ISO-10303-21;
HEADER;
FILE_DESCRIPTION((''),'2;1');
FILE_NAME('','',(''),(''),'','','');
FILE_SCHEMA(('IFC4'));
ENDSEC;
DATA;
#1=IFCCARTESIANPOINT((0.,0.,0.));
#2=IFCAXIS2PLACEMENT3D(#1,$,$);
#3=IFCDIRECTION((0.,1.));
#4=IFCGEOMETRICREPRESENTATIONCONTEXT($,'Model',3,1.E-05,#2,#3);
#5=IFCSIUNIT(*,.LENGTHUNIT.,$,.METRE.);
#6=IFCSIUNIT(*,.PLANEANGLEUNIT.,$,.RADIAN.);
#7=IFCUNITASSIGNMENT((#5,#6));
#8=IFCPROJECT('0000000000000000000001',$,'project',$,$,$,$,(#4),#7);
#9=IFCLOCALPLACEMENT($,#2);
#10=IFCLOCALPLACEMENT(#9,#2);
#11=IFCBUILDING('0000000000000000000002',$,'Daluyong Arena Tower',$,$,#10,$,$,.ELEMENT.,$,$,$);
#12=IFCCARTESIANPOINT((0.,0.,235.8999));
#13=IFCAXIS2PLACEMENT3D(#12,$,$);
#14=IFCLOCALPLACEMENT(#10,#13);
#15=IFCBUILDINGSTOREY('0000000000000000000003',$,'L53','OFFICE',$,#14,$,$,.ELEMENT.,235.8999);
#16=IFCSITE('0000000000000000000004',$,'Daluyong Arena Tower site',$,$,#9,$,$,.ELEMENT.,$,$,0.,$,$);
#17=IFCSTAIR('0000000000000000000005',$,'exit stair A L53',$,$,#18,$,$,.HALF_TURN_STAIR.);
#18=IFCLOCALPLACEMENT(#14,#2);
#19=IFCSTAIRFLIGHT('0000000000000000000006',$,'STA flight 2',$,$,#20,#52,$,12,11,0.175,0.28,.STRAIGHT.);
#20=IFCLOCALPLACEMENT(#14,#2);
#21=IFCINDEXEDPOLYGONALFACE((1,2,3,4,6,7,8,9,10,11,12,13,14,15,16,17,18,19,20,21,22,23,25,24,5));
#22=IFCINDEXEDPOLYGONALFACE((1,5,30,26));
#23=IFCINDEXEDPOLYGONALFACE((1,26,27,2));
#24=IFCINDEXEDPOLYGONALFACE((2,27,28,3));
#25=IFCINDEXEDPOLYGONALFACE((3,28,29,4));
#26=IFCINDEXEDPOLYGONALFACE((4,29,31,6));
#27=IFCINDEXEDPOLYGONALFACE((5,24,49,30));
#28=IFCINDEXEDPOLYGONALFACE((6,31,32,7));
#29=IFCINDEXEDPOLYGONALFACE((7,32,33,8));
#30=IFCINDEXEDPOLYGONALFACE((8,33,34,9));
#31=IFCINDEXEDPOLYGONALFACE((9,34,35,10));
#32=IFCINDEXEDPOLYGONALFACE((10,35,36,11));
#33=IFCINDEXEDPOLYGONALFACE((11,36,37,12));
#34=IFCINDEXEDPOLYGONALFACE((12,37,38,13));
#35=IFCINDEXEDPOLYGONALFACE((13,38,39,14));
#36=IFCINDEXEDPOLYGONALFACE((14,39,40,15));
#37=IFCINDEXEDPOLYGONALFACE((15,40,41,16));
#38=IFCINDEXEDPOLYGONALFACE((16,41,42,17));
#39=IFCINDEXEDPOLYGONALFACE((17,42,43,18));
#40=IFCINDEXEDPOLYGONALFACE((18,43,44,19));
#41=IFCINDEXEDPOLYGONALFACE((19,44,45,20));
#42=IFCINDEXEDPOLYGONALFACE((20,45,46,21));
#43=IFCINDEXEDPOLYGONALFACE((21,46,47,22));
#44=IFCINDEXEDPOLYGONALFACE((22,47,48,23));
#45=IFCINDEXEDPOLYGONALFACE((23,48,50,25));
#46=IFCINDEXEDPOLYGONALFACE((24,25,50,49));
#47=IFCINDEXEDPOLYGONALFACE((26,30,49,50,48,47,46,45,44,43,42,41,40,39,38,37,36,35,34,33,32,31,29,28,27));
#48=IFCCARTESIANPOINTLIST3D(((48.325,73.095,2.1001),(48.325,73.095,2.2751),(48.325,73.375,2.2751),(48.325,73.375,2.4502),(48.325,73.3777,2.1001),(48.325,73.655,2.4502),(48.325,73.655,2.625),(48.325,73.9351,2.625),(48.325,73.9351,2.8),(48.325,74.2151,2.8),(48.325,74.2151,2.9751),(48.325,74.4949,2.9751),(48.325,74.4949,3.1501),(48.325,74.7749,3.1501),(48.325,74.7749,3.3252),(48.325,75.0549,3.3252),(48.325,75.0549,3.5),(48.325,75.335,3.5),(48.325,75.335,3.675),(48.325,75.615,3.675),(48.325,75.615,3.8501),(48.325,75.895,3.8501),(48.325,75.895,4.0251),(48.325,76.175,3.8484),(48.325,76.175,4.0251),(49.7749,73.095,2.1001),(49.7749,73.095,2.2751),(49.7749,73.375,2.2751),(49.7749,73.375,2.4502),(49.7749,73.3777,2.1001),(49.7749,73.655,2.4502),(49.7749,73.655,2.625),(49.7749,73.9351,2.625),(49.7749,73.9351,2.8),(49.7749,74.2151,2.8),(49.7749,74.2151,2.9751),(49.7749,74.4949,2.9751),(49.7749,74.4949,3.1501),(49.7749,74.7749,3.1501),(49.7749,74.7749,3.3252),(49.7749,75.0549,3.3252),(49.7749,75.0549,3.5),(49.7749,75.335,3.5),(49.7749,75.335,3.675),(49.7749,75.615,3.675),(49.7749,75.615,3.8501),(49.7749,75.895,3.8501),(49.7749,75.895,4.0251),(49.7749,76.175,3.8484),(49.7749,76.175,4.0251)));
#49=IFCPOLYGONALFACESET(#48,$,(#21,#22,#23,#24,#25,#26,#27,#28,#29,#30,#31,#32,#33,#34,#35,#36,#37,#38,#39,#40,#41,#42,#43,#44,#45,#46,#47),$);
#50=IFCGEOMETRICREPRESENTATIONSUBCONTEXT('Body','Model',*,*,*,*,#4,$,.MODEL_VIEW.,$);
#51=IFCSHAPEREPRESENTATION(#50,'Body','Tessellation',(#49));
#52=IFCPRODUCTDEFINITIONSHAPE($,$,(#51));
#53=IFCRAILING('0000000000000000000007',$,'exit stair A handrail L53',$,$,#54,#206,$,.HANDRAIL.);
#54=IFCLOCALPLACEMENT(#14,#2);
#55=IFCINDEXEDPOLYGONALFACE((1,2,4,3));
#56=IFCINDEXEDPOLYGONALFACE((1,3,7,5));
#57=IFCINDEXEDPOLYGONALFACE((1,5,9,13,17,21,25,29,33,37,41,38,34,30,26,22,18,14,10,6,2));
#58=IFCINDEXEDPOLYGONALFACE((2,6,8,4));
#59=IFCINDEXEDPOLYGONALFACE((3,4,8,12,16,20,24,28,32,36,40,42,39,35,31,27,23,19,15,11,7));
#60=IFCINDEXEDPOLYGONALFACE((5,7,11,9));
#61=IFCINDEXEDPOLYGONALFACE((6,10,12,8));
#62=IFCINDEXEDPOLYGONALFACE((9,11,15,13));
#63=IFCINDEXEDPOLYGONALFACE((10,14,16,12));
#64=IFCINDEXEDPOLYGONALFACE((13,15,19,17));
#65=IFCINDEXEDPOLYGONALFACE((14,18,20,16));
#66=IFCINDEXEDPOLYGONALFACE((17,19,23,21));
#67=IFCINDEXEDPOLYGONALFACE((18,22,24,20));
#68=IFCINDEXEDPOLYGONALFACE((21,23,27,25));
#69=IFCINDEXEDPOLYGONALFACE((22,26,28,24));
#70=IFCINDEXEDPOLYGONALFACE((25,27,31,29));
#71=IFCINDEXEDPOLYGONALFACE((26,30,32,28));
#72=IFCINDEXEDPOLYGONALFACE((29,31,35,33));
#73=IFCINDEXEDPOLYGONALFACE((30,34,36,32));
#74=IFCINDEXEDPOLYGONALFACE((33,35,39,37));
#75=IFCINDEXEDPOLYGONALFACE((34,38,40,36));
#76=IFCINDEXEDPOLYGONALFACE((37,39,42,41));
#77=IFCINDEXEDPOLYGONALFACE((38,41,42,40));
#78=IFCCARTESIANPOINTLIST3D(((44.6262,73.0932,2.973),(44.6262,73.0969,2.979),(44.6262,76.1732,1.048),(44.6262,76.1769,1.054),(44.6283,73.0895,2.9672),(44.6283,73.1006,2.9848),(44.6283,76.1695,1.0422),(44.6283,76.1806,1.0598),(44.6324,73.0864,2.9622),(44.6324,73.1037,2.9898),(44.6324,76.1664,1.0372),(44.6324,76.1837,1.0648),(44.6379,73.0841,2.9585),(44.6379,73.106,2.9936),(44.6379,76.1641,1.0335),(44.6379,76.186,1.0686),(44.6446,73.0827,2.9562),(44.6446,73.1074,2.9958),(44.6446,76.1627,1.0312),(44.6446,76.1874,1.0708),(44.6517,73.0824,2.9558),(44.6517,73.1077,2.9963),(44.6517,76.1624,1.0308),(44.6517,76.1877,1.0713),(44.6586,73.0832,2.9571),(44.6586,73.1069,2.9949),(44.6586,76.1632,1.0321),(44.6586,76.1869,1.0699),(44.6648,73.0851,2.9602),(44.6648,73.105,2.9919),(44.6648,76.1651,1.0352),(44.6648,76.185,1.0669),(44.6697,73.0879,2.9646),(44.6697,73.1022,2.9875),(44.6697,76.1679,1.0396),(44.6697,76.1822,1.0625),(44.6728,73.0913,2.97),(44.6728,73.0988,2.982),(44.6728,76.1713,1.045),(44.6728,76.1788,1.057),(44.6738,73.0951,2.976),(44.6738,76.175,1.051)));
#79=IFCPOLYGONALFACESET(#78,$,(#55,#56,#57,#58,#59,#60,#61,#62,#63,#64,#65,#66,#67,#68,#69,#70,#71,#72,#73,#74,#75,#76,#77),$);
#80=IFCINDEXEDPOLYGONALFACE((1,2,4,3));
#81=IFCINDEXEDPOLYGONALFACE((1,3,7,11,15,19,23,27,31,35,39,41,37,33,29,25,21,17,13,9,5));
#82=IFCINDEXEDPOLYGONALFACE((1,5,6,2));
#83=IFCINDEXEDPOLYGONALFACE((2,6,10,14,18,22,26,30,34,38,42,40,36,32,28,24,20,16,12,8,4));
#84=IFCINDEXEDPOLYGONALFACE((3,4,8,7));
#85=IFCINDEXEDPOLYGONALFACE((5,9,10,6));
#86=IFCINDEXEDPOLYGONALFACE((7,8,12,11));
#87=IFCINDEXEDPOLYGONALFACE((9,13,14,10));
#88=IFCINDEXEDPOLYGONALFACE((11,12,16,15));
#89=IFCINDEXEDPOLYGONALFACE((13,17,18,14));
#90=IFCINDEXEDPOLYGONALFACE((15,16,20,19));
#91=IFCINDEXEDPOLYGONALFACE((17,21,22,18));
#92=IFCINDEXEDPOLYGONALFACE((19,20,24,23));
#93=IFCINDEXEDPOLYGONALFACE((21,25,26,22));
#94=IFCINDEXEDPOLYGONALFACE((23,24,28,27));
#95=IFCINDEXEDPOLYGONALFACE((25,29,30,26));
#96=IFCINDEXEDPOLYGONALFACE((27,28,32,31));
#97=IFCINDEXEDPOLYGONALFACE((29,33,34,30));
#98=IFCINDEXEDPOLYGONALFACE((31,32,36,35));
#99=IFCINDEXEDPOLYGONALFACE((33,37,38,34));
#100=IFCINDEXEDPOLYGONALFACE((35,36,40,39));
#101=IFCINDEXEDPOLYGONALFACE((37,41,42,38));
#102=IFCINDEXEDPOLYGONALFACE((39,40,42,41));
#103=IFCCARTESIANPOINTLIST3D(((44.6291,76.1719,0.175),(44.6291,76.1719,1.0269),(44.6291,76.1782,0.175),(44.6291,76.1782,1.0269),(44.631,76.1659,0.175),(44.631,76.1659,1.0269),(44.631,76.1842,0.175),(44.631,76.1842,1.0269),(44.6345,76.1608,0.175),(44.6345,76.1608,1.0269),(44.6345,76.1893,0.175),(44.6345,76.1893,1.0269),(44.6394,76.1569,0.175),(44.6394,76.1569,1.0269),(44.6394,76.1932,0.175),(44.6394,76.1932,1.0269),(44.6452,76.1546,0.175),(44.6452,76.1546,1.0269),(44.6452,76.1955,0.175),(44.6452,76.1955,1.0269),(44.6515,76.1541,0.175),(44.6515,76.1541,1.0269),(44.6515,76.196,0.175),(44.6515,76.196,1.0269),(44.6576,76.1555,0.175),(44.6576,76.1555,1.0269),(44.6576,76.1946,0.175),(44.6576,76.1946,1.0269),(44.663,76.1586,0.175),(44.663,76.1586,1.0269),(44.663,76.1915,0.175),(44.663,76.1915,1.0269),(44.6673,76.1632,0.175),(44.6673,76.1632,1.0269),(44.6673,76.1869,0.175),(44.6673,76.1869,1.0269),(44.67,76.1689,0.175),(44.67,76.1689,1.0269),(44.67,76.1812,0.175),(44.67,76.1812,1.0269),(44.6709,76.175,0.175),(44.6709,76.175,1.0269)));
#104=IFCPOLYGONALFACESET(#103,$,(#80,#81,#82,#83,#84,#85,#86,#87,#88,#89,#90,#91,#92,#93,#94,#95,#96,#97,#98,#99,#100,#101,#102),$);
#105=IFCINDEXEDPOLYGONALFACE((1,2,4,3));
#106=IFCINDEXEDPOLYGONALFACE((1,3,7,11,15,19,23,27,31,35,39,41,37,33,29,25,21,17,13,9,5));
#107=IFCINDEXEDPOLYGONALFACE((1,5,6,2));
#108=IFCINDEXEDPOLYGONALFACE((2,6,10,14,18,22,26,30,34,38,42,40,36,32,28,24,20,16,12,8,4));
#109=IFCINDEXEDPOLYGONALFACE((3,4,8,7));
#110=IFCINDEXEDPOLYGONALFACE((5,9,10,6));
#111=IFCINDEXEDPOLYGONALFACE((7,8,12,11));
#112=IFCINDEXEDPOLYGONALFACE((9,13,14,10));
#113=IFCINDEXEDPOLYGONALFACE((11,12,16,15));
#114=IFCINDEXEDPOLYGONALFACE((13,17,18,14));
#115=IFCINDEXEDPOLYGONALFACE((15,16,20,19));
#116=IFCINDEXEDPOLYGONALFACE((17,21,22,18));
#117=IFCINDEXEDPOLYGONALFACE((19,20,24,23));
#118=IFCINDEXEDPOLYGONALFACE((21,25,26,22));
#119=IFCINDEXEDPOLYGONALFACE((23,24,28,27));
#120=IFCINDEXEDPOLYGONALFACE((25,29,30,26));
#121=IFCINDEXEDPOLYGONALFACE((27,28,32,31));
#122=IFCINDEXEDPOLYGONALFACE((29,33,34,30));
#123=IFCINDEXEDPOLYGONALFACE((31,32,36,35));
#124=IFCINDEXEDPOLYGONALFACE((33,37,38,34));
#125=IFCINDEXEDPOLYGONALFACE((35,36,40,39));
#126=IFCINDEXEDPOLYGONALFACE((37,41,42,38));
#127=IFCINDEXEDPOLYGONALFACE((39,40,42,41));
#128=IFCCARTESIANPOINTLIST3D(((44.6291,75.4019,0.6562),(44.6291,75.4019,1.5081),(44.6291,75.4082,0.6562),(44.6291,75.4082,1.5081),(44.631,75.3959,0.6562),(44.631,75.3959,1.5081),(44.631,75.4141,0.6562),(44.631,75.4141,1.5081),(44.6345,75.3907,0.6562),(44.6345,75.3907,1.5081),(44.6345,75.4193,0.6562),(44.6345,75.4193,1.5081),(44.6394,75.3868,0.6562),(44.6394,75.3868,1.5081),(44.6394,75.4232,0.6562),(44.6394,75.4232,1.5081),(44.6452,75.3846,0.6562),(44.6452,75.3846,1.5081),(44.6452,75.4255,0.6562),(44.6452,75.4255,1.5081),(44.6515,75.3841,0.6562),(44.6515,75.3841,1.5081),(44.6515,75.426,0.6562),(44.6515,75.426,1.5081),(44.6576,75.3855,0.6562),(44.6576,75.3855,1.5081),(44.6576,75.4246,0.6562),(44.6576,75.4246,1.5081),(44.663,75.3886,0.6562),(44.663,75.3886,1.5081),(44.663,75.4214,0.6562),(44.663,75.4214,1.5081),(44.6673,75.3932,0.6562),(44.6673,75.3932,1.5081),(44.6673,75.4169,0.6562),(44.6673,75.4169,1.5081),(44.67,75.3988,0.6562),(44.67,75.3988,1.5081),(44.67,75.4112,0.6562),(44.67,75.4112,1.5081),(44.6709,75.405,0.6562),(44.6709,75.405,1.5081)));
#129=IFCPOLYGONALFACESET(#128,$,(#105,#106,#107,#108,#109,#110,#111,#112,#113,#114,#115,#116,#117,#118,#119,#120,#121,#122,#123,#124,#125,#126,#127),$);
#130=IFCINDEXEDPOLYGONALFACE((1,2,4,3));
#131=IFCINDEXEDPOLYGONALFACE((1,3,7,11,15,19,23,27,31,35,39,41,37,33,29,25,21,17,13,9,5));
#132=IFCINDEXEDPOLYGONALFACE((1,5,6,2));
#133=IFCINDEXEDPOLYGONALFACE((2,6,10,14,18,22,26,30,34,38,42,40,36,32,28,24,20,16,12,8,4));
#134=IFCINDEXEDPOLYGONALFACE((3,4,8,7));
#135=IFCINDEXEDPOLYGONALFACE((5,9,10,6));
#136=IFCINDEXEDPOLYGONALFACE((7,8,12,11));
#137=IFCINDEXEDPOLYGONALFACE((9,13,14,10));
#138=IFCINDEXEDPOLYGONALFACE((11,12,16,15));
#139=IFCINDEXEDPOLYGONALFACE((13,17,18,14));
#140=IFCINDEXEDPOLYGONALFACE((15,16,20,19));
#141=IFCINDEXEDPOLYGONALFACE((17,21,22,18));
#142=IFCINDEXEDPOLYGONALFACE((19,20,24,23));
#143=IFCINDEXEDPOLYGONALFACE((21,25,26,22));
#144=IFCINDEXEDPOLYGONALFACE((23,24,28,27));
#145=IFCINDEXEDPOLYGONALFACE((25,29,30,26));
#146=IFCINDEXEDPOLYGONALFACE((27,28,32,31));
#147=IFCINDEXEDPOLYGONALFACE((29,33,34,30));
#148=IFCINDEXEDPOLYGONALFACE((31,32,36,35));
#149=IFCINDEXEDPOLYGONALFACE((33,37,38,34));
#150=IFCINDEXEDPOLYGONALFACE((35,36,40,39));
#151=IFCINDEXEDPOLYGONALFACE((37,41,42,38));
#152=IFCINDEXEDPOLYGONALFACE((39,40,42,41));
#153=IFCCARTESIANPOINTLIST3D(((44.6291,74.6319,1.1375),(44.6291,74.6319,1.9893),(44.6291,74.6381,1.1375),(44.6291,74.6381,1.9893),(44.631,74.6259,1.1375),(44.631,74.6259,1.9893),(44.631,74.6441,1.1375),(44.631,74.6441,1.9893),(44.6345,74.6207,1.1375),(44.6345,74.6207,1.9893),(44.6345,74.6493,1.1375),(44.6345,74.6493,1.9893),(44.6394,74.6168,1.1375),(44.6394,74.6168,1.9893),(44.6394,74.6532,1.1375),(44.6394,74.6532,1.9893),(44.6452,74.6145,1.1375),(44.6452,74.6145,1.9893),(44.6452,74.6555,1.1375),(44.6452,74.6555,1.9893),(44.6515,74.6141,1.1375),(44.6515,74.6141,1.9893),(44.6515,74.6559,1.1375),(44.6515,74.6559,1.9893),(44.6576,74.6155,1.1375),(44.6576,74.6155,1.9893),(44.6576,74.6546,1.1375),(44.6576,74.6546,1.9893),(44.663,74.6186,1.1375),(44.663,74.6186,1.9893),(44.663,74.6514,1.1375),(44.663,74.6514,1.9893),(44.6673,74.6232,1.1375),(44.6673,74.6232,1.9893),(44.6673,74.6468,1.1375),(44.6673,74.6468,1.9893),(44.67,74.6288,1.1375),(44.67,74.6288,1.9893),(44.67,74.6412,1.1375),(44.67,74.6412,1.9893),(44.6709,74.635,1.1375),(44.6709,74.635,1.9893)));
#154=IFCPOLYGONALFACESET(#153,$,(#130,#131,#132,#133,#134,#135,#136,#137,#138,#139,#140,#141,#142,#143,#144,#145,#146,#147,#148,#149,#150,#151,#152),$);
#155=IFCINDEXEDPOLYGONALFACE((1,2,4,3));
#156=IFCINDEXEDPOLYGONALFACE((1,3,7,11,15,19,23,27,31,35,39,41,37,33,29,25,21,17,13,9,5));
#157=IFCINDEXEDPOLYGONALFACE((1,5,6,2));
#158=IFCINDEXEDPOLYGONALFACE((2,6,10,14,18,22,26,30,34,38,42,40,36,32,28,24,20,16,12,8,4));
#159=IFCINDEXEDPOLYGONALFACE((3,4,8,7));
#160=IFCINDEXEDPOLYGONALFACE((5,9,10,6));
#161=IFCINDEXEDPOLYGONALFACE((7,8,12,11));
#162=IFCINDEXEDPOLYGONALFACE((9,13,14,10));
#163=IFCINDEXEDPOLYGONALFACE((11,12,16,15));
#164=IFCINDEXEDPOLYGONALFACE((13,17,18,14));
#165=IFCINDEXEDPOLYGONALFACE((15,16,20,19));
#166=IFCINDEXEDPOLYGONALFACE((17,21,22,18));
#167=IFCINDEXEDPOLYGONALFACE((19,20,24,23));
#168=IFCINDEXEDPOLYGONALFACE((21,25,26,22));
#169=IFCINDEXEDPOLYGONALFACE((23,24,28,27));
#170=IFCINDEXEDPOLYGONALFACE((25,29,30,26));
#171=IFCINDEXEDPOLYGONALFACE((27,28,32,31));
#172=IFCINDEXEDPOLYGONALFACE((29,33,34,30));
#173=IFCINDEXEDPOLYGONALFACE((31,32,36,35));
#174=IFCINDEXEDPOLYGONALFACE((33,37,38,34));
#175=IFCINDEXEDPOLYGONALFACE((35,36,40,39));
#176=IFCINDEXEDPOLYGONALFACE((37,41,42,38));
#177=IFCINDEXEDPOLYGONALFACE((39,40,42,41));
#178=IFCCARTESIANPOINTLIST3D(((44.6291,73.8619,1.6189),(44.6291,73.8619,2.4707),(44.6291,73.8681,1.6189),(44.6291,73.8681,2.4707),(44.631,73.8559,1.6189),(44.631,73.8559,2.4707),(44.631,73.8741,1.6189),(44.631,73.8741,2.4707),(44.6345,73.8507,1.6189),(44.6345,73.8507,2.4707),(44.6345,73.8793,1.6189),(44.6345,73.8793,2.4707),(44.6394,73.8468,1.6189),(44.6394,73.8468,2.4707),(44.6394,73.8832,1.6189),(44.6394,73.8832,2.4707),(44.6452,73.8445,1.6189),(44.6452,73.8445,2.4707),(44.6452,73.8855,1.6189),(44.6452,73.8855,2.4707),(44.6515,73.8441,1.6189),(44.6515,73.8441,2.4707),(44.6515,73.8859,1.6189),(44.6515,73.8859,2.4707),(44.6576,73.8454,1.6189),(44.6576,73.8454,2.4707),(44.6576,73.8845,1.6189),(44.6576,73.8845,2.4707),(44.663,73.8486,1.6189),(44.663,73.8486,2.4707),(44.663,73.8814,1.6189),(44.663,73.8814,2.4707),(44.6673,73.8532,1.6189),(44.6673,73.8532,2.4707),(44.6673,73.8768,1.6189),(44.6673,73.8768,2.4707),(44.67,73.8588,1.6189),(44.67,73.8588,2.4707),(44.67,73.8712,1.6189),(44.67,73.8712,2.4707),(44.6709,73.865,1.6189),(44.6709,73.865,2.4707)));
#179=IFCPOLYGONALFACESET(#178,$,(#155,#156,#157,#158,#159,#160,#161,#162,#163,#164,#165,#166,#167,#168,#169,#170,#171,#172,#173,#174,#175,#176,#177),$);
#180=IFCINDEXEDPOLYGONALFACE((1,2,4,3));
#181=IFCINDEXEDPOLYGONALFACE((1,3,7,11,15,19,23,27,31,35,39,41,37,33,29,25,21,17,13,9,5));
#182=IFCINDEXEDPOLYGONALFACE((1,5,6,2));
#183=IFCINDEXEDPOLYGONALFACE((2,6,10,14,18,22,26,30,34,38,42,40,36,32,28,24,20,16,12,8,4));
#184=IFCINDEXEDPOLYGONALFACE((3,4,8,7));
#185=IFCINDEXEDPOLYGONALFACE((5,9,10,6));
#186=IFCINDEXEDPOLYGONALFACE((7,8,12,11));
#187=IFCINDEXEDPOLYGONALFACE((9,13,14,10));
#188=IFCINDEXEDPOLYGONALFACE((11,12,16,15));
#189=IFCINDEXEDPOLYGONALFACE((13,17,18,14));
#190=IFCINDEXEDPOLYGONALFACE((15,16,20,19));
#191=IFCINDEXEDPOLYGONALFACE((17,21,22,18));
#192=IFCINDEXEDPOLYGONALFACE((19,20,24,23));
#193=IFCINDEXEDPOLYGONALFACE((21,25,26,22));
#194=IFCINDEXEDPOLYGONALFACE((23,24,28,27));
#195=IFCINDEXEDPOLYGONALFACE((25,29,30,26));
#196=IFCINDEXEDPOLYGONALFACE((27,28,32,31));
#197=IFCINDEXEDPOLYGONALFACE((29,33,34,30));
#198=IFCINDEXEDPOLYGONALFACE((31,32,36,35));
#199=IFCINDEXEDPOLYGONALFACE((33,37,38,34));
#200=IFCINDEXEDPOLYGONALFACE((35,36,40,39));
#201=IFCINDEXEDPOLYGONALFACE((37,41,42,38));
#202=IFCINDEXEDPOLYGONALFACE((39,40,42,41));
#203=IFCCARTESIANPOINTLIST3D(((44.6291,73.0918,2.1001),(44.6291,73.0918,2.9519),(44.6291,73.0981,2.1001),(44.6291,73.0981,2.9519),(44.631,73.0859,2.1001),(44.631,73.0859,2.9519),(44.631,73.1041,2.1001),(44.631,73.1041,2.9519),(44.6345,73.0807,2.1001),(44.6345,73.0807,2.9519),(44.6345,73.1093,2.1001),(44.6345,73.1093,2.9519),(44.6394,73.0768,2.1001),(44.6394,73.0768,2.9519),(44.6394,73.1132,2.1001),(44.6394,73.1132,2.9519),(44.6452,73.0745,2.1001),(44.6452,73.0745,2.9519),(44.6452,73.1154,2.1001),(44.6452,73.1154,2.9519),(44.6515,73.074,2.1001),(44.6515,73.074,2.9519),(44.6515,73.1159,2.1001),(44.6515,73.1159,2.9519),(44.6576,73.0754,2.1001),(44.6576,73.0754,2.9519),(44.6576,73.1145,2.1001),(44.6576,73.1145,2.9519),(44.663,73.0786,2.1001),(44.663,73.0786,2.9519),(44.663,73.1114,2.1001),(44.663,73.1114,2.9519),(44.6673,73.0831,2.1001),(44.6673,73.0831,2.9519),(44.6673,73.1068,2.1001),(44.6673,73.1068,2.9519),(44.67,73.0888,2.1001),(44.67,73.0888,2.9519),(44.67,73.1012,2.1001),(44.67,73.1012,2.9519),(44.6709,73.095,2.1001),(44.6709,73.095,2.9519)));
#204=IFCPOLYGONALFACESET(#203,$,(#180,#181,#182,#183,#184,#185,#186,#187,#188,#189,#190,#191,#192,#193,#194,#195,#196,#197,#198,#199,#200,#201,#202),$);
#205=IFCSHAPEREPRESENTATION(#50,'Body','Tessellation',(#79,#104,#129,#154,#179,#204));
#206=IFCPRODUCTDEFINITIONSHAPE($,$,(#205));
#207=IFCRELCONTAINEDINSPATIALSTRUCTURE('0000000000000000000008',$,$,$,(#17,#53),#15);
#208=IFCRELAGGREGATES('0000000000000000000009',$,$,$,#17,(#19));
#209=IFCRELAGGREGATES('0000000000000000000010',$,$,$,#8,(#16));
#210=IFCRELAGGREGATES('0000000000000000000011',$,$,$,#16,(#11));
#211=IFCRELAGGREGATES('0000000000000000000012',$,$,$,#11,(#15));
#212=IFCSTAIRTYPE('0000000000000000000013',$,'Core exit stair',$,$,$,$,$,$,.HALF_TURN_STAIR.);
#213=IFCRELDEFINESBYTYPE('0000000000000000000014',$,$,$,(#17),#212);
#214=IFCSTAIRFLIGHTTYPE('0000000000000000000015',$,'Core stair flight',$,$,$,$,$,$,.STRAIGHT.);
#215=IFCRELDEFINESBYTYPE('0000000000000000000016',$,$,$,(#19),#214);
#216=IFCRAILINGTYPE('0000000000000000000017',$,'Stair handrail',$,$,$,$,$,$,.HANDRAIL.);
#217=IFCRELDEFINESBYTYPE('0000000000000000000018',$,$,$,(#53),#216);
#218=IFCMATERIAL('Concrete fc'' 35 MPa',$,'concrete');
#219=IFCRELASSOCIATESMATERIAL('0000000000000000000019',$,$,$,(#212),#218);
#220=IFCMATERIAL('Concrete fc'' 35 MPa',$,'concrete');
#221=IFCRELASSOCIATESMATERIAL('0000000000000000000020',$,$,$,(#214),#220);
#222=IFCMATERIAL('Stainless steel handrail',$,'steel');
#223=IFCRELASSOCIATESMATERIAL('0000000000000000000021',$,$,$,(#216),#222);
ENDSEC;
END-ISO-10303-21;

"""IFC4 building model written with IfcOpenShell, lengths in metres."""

from ifc_helpers import new_model, si_unit, direction, frame, origin, origin_2d, place, context, subcontext, project, spatial, polyline, circle, outline, extrude, material, type_object, element, aggregate, save


model = new_model("IFC4")

# Units and contexts
model_context = context("Model", 3, precision=1e-05, world=origin(), true_north=direction((0.0, 1.0)))
body_context = subcontext(model_context, "Body", "Model", "MODEL_VIEW")
ifc_project = project(units=[si_unit("LENGTHUNIT", "METRE"), si_unit("PLANEANGLEUNIT", "RADIAN")], contexts=[model_context])

# Site, building, storey
site_placement = place(None, origin())
site = spatial("IfcSite", under=ifc_project, at=site_placement, Name="Daluyong Arena Tower site", CompositionType="ELEMENT", RefElevation=0.0)
building_placement = place(site_placement, origin())
building = spatial("IfcBuilding", under=site, at=building_placement, Name="Daluyong Arena Tower", CompositionType="ELEMENT")
storey_placement = place(building_placement, frame((0.0, 0.0, 235.8999)))
storey = spatial("IfcBuildingStorey", under=building, at=storey_placement, Name="L53", Description="OFFICE", CompositionType="ELEMENT", Elevation=235.8999)

# Stair, stair flight
ifc_material_1 = material(Name="Concrete fc' 35 MPa", Category="concrete")
stair_type = type_object("IfcStairType", Name="Core exit stair", PredefinedType="HALF_TURN_STAIR", material=ifc_material_1)
stair_placement = place(storey_placement, origin())
stair = element("IfcStair", 1, at=stair_placement, inside=storey, type_object=stair_type, Name="exit stair A L53", PredefinedType="HALF_TURN_STAIR")
ifc_material_2 = material(Name="Concrete fc' 35 MPa", Category="concrete")
stair_flight_type = type_object("IfcStairFlightType", Name="Core stair flight", PredefinedType="STRAIGHT", material=ifc_material_2)
stair_flight_1_placement = place(storey_placement, frame((49.05, 73.095, 2.1001), z_axis=(0.0, 0.0, 1.0), x_axis=(0.0, 1.0, 0.0)))
stair_flight_1 = element("IfcStairFlight", 2, at=stair_flight_1_placement, type_object=stair_flight_type, Name="STA flight 2", NumberOfRisers=12, NumberOfTreads=11, PredefinedType="STRAIGHT", RiserHeight=0.175, TreadLength=0.28, context=body_context, shape_type="SweptSolid", body=[
    extrude(outline(polyline([(0.0, 0.0), (0.0, 0.175), (0.28, 0.175), (0.28, 0.3501), (0.5601, 0.3501), (0.5601, 0.5249), (0.8401, 0.5249), (0.8401, 0.7), (1.1201, 0.7), (1.1201, 0.875), (1.3999, 0.875), (1.3999, 1.05), (1.6799, 1.05), (1.6799, 1.2251), (1.96, 1.2251), (1.96, 1.3999), (2.24, 1.3999), (2.24, 1.575), (2.52, 1.575), (2.52, 1.75), (2.8, 1.75), (2.8, 1.925), (3.0801, 1.925), (3.0801, 2.1001), (3.0801, 1.7483), (0.2827, 0.0), (0.0, 0.0)])), frame((0.0, 0.7251, 0.0), z_axis=(0.0, -1.0, 0.0), x_axis=(1.0, 0.0, 0.0)), (0.0, 0.0, 1.0), 1.45),
])
aggregate(stair, [stair_flight_1])

# Railing
ifc_material_3 = material(Name="Stainless steel handrail", Category="steel")
railing_type_1 = type_object("IfcRailingType", Name="Stair handrail", PredefinedType="HANDRAIL", material=ifc_material_3)
railing_1_placement = place(storey_placement, frame((44.6499, 76.175, 0.175)))
element("IfcRailing", 3, at=railing_1_placement, inside=storey, type_object=railing_type_1, Name="exit stair A handrail L53", PredefinedType="HANDRAIL", context=body_context, shape_type="SweptSolid", body=[
    extrude(circle(Radius=0.0239, at=origin_2d()), frame((0.0, 0.0, 0.876), z_axis=(0.0, -0.847998, 0.529999), x_axis=(1.0, 0.0, 0.0)), (0.0, 0.0, 1.0), 3.6321),
    extrude(circle(Radius=0.021, at=origin_2d()), origin(), (0.0, 0.0, 1.0), 0.8518),
    extrude(circle(Radius=0.021, at=origin_2d()), frame((0.0, -0.77, 0.4812)), (0.0, 0.0, 1.0), 0.8518),
    extrude(circle(Radius=0.021, at=origin_2d()), frame((0.0, -1.54, 0.9624)), (0.0, 0.0, 1.0), 0.8518),
    extrude(circle(Radius=0.021, at=origin_2d()), frame((0.0, -2.3101, 1.4438)), (0.0, 0.0, 1.0), 0.8518),
    extrude(circle(Radius=0.021, at=origin_2d()), frame((0.0, -3.0801, 1.925)), (0.0, 0.0, 1.0), 0.8518),
])

save(model, "model.ifc")
